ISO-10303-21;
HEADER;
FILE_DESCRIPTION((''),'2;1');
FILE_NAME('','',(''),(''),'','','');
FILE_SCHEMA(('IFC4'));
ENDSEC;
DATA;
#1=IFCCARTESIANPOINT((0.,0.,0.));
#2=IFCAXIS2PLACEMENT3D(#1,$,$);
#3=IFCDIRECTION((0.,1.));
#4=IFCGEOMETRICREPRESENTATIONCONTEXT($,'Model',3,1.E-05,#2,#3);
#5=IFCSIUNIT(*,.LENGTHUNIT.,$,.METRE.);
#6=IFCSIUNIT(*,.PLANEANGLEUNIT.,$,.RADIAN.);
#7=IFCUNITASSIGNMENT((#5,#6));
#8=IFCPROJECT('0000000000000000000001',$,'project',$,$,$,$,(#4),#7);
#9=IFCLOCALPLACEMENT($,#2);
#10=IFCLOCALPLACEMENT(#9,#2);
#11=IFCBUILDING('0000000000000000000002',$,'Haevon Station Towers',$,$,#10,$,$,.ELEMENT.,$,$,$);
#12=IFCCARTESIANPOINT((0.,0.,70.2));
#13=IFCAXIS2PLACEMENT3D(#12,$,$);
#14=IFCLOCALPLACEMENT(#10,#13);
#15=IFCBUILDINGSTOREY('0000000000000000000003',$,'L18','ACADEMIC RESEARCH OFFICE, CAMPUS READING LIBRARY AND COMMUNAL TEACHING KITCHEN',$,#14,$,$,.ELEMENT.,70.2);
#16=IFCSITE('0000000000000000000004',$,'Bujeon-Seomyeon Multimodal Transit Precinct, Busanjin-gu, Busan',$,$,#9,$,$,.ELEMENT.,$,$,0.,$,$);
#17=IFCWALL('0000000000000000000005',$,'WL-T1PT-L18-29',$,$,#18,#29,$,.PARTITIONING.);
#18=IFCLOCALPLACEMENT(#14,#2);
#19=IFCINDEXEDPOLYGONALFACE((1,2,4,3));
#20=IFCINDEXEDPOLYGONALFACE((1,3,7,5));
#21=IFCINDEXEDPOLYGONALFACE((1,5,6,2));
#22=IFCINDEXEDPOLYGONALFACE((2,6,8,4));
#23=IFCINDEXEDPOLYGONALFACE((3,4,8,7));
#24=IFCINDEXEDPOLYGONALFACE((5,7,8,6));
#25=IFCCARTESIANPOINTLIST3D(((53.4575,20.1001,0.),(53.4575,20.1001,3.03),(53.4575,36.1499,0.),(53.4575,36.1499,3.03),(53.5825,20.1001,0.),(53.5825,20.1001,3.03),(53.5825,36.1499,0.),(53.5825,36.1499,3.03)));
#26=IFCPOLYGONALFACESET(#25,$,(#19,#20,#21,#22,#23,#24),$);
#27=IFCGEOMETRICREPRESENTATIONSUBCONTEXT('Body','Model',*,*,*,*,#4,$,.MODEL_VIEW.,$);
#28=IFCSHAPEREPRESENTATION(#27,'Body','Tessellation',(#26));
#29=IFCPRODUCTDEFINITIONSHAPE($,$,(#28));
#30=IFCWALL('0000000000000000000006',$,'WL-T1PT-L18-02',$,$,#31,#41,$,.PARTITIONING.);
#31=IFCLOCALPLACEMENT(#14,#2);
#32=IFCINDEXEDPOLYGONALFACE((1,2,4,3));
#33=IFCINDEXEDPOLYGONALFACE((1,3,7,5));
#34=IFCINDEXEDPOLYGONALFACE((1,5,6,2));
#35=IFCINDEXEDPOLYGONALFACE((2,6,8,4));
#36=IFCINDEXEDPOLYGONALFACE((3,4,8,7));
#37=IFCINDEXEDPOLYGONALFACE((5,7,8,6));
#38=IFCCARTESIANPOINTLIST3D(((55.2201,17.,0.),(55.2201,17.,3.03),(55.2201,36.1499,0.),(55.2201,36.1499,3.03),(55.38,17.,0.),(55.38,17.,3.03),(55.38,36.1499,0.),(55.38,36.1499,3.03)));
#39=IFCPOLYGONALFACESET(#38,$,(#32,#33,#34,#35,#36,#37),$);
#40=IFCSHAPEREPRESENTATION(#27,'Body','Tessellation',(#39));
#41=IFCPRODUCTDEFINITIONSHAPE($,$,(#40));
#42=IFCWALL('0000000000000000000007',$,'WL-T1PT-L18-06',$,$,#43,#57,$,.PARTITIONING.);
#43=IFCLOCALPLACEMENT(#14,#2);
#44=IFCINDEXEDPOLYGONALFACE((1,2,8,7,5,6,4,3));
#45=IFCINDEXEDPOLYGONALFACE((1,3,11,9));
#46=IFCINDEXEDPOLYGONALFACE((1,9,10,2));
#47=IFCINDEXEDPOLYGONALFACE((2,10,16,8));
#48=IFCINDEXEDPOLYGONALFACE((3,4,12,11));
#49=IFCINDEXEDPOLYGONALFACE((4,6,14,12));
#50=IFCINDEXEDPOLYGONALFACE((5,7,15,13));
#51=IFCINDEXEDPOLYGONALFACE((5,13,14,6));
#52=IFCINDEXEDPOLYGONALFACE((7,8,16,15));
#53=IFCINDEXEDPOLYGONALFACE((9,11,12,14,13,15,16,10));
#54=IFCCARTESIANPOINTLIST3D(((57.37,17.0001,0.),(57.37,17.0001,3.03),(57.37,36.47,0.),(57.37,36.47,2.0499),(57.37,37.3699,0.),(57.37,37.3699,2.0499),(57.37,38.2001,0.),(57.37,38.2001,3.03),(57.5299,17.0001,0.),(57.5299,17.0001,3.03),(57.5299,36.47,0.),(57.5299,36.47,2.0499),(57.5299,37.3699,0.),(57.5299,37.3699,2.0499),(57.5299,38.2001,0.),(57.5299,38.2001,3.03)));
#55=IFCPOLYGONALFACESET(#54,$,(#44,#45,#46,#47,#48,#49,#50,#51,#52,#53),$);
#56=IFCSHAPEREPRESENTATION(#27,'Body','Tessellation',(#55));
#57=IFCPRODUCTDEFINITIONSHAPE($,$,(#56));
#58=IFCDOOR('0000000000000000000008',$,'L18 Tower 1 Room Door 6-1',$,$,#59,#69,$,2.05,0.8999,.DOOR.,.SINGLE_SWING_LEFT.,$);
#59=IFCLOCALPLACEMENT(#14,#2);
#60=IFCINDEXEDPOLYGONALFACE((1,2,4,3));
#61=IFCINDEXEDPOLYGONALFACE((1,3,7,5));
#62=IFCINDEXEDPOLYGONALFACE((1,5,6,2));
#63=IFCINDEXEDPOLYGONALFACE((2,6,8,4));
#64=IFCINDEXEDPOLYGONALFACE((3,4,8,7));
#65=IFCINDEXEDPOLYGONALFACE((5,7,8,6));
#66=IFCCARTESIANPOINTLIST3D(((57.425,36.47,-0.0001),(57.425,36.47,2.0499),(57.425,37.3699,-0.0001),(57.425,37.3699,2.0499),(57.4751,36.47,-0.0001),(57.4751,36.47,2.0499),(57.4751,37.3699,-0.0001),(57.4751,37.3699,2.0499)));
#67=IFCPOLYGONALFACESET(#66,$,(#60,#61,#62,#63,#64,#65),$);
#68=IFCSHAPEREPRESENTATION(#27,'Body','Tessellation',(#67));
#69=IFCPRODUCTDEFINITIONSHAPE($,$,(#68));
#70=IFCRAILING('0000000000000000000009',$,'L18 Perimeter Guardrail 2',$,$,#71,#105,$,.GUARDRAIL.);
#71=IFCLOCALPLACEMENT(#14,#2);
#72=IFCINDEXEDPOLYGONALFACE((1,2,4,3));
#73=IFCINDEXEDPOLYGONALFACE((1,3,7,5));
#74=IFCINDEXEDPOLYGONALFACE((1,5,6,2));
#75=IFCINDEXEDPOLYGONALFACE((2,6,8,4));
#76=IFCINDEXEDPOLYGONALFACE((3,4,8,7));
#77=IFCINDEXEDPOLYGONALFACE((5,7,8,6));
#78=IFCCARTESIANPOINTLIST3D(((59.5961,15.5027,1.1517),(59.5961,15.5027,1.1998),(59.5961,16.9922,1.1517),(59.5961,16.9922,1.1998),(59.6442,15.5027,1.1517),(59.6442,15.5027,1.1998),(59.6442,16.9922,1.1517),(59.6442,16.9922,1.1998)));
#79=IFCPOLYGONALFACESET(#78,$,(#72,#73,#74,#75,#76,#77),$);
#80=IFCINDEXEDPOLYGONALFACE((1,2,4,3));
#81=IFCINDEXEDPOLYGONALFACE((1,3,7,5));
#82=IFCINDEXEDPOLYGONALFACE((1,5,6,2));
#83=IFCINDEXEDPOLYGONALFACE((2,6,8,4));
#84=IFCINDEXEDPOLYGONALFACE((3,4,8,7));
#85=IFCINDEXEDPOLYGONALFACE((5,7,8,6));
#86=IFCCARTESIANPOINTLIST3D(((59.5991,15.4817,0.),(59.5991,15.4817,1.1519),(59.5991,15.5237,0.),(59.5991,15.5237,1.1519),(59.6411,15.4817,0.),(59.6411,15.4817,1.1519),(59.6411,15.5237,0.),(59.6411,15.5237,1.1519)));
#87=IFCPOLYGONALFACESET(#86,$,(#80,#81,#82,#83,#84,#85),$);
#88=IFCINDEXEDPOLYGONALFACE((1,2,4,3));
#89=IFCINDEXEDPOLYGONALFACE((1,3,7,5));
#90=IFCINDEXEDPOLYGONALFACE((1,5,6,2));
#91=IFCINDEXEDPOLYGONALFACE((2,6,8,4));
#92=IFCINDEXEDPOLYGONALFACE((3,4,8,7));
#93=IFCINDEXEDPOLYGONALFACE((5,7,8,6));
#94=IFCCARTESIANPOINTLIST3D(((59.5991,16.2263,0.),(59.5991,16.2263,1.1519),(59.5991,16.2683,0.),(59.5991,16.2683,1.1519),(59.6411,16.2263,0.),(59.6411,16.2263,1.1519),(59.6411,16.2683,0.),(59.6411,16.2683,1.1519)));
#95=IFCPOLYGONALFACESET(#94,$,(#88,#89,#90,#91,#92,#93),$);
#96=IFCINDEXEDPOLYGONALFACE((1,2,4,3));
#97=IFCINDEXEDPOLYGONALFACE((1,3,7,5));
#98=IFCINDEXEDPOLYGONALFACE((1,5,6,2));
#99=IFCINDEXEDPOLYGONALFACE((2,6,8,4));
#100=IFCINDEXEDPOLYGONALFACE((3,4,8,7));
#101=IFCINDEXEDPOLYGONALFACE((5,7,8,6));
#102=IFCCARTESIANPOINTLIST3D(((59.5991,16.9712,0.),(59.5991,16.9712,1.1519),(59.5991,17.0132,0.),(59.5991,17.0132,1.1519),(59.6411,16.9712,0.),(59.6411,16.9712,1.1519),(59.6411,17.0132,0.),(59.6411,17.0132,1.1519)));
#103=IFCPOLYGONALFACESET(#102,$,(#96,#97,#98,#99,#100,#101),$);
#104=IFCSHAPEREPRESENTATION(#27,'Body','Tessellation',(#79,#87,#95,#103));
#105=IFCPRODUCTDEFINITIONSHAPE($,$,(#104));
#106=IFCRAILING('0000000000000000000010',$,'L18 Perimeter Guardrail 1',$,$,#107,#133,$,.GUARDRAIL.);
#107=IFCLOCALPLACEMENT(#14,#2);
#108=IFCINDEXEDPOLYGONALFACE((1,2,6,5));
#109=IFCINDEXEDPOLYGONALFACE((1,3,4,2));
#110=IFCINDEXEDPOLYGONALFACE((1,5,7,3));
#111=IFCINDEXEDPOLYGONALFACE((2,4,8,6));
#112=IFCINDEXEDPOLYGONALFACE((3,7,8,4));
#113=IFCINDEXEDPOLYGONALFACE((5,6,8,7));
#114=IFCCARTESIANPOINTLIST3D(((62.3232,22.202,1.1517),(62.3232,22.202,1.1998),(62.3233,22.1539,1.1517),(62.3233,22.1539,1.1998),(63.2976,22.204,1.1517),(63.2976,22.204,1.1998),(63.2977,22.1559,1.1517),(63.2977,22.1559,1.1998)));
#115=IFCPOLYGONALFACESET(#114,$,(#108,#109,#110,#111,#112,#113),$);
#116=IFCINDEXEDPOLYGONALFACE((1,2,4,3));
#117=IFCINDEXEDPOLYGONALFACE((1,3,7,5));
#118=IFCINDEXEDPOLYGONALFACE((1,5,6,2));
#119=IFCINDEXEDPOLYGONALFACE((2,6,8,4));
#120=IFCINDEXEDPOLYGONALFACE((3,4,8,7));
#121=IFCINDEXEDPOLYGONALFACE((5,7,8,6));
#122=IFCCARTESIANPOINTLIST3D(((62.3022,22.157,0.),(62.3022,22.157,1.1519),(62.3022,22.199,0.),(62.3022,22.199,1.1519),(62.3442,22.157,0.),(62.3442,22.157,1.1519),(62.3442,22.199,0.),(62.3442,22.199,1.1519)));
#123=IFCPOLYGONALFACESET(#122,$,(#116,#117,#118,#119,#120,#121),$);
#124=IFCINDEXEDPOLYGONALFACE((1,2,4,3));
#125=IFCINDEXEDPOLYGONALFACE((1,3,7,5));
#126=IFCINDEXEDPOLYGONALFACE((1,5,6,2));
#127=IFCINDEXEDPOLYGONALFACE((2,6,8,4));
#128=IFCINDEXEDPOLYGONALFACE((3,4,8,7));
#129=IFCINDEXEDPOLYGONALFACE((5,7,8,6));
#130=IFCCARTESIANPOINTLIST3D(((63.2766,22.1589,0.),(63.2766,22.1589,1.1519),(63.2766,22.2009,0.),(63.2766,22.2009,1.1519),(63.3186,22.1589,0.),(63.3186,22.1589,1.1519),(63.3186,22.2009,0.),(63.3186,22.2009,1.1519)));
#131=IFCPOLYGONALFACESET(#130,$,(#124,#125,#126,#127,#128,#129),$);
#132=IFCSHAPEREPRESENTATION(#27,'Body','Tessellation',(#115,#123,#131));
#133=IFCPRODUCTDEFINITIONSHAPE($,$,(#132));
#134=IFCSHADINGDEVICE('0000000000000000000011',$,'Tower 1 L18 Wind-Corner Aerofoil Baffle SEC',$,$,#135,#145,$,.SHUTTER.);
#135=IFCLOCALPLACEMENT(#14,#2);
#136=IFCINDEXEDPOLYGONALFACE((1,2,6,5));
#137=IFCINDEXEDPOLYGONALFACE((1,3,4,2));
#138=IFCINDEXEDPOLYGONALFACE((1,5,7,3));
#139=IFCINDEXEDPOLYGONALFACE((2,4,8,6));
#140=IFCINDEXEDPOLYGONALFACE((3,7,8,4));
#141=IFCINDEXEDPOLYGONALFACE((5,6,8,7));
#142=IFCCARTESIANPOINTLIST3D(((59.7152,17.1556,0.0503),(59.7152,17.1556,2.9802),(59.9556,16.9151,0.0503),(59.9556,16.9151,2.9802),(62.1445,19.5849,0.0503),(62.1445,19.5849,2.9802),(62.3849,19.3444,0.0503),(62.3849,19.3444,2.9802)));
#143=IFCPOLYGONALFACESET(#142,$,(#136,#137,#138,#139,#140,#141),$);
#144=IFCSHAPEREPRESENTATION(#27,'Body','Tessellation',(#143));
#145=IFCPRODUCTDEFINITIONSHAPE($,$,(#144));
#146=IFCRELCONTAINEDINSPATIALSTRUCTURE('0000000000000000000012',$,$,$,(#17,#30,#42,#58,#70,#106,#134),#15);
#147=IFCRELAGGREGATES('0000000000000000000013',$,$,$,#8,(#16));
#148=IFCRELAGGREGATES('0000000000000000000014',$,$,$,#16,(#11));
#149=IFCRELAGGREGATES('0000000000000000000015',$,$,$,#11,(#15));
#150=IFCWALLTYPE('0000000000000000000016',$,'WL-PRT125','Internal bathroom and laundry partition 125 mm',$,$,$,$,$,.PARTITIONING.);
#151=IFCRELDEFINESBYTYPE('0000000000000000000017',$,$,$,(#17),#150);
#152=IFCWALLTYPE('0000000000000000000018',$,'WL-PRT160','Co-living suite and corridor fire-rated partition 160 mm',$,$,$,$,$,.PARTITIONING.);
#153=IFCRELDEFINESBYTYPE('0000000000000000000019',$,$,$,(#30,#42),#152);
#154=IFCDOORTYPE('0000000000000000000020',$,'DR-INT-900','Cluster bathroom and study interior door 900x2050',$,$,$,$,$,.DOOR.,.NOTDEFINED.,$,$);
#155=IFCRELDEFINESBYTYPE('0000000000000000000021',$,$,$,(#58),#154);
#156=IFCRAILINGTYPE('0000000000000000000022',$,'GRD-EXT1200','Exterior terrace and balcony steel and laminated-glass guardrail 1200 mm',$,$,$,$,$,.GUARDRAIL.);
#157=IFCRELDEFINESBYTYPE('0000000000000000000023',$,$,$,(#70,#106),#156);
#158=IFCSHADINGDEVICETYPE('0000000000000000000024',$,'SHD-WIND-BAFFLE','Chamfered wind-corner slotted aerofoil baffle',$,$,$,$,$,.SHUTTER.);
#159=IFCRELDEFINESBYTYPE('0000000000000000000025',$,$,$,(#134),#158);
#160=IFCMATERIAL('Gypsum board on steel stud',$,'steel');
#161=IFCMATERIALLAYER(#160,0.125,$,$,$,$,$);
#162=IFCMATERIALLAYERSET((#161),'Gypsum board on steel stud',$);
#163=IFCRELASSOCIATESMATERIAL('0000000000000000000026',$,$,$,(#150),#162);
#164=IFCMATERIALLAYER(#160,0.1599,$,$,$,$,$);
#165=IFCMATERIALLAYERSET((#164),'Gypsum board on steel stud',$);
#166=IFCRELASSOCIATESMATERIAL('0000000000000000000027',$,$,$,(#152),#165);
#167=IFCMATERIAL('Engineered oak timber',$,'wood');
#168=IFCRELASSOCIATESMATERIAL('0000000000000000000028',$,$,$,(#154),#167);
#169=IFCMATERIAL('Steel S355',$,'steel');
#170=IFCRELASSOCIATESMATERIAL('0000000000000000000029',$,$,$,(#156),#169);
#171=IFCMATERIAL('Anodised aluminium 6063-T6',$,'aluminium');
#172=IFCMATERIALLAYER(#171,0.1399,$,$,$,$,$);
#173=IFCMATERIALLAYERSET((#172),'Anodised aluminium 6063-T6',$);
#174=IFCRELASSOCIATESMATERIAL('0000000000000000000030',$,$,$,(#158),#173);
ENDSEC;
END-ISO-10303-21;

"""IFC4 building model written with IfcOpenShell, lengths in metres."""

from ifc_helpers import new_model, si_unit, direction, frame, frame_2d, origin, origin_2d, place, context, subcontext, project, spatial, rectangle, extrude, material, layer, layer_set, type_object, element, fill, save


model = new_model("IFC4")

# Units and contexts
model_context = context("Model", 3, precision=1e-05, world=origin(), true_north=direction((0.0, 1.0)))
body_context = subcontext(model_context, "Body", "Model", "MODEL_VIEW")
ifc_project = project(units=[si_unit("LENGTHUNIT", "METRE"), si_unit("PLANEANGLEUNIT", "RADIAN")], contexts=[model_context])

# Site, building, storey
site_placement = place(None, origin())
site = spatial("IfcSite", under=ifc_project, at=site_placement, Name="Bujeon-Seomyeon Multimodal Transit Precinct, Busanjin-gu, Busan", CompositionType="ELEMENT", RefElevation=0.0)
building_placement = place(site_placement, origin())
building = spatial("IfcBuilding", under=site, at=building_placement, Name="Haevon Station Towers", CompositionType="ELEMENT")
storey_placement = place(building_placement, frame((0.0, 0.0, 70.2)))
storey = spatial("IfcBuildingStorey", under=building, at=storey_placement, Name="L18", Description="ACADEMIC RESEARCH OFFICE, CAMPUS READING LIBRARY AND COMMUNAL TEACHING KITCHEN", CompositionType="ELEMENT", Elevation=70.2)

# Shared definitions
ifc_material_1 = material(Name="Steel S355", Category="steel")

# Walls
ifc_material_2 = material(Name="Gypsum board on steel stud", Category="steel")
ifc_layer_1 = layer(ifc_material_2, 0.125)
ifc_layer_set_1 = layer_set([ifc_layer_1], Name="Gypsum board on steel stud")
wall_type_1 = type_object("IfcWallType", Name="WL-PRT125", Description="Internal bathroom and laundry partition 125 mm", PredefinedType="PARTITIONING", material=ifc_layer_set_1)
wall_1_placement = place(storey_placement, frame((53.52, 20.1001, 0.0), z_axis=(0.0, 0.0, 1.0), x_axis=(0.0, 1.0, 0.0)))
element("IfcWall", 1, at=wall_1_placement, inside=storey, type_object=wall_type_1, Name="WL-T1PT-L18-29", PredefinedType="PARTITIONING", context=body_context, shape_type="SweptSolid", body=[
    extrude(rectangle(XDim=16.0498, YDim=0.125, at=frame_2d((8.0249, 0.0))), origin(), (0.0, 0.0, 1.0), 3.03),
])
ifc_layer_2 = layer(ifc_material_2, 0.1599)
ifc_layer_set_2 = layer_set([ifc_layer_2], Name="Gypsum board on steel stud")
wall_type_2 = type_object("IfcWallType", Name="WL-PRT160", Description="Co-living suite and corridor fire-rated partition 160 mm", PredefinedType="PARTITIONING", material=ifc_layer_set_2)
wall_2_placement = place(storey_placement, frame((55.3, 17.0, 0.0), z_axis=(0.0, 0.0, 1.0), x_axis=(0.0, 1.0, 0.0)))
element("IfcWall", 2, at=wall_2_placement, inside=storey, type_object=wall_type_2, Name="WL-T1PT-L18-02", PredefinedType="PARTITIONING", context=body_context, shape_type="SweptSolid", body=[
    extrude(rectangle(XDim=19.1499, YDim=0.1599, at=frame_2d((9.575, 0.0))), origin(), (0.0, 0.0, 1.0), 3.03),
])

# Wall, opening, door
wall_3_placement = place(storey_placement, frame((57.45, 17.0, 0.0), z_axis=(0.0, 0.0, 1.0), x_axis=(0.0, 1.0, 0.0)))
wall_3 = element("IfcWall", 3, at=wall_3_placement, inside=storey, type_object=wall_type_2, Name="WL-T1PT-L18-06", PredefinedType="PARTITIONING", context=body_context, shape_type="SweptSolid", body=[
    extrude(rectangle(XDim=21.2, YDim=0.1599, at=frame_2d((10.6001, 0.0))), origin(), (0.0, 0.0, 1.0), 3.03),
])
opening_1_placement = place(wall_3_placement, frame((19.47, 0.0, 0.0)))
opening_1 = element("IfcOpeningElement", 4, at=opening_1_placement, cuts=wall_3, PredefinedType="OPENING", context=body_context, shape_type="SweptSolid", body=[
    extrude(rectangle(XDim=0.8999, YDim=2.05, at=frame_2d((0.45, 1.0249))), frame((0.0, 0.0898, 0.0), z_axis=(0.0, -1.0, 0.0), x_axis=(1.0, 0.0, 0.0)), (0.0, 0.0, 1.0), 0.1799),
])
ifc_material_3 = material(Name="Engineered oak timber", Category="wood")
door_type_1 = type_object("IfcDoorType", Name="DR-INT-900", Description="Cluster bathroom and study interior door 900x2050", OperationType="NOTDEFINED", PredefinedType="DOOR", material=ifc_material_3)
door_1_placement = place(opening_1_placement, origin())
door_1 = element("IfcDoor", 5, at=door_1_placement, inside=storey, type_object=door_type_1, Name="L18 Tower 1 Room Door 6-1", OperationType="SINGLE_SWING_LEFT", OverallHeight=2.05, OverallWidth=0.8999, PredefinedType="DOOR", context=body_context, shape_type="SweptSolid", body=[
    extrude(rectangle(XDim=0.8999, YDim=2.05, at=frame_2d((0.45, 1.0249))), frame((0.0, 0.0249, 0.0), z_axis=(0.0, -1.0, 0.0), x_axis=(1.0, 0.0, 0.0)), (0.0, 0.0, 1.0), 0.05),
])
fill(opening_1, door_1)

# Railings
railing_type = type_object("IfcRailingType", Name="GRD-EXT1200", Description="Exterior terrace and balcony steel and laminated-glass guardrail 1200 mm", PredefinedType="GUARDRAIL", material=ifc_material_1)
railing_1_placement = place(storey_placement, frame((59.6201, 15.5027, 0.0)))
element("IfcRailing", 6, at=railing_1_placement, inside=storey, type_object=railing_type, Name="L18 Perimeter Guardrail 2", PredefinedType="GUARDRAIL", context=body_context, shape_type="SweptSolid", body=[
    extrude(rectangle(XDim=0.0481, YDim=0.0481, at=origin_2d()), frame((0.0, 0.0, 1.1758), z_axis=(0.0, 1.0, 0.0), x_axis=(-1.0, 0.0, 0.0)), (0.0, 0.0, 1.0), 1.4895),
    extrude(rectangle(XDim=0.042, YDim=0.042, at=origin_2d()), origin(), (0.0, 0.0, 1.0), 1.1519),
    extrude(rectangle(XDim=0.042, YDim=0.042, at=origin_2d()), frame((0.0, 0.7446, 0.0)), (0.0, 0.0, 1.0), 1.1519),
    extrude(rectangle(XDim=0.042, YDim=0.042, at=origin_2d()), frame((0.0, 1.4895, 0.0)), (0.0, 0.0, 1.0), 1.1519),
])
railing_2_placement = place(storey_placement, frame((62.3232, 22.178, 0.0)))
element("IfcRailing", 7, at=railing_2_placement, inside=storey, type_object=railing_type, Name="L18 Perimeter Guardrail 1", PredefinedType="GUARDRAIL", context=body_context, shape_type="SweptSolid", body=[
    extrude(rectangle(XDim=0.0481, YDim=0.0481, at=origin_2d()), frame((0.0, 0.0, 1.1758), z_axis=(0.999998, 0.002005, 0.0), x_axis=(-0.002005, 0.999998, 0.0)), (0.0, 0.0, 1.0), 0.9744),
    extrude(rectangle(XDim=0.042, YDim=0.042, at=origin_2d()), origin(), (0.0, 0.0, 1.0), 1.1519),
    extrude(rectangle(XDim=0.042, YDim=0.042, at=origin_2d()), frame((0.9744, 0.002, 0.0)), (0.0, 0.0, 1.0), 1.1519),
])

# Shading device
ifc_material_4 = material(Name="Anodised aluminium 6063-T6", Category="aluminium")
ifc_layer_3 = layer(ifc_material_4, 0.1399)
ifc_layer_set_3 = layer_set([ifc_layer_3], Name="Anodised aluminium 6063-T6")
shading_device_type = type_object("IfcShadingDeviceType", Name="SHD-WIND-BAFFLE", Description="Chamfered wind-corner slotted aerofoil baffle", PredefinedType="SHUTTER", material=ifc_layer_set_3)
shading_device_placement = place(storey_placement, frame((61.05, 18.25, 0.0503), z_axis=(0.0, 0.0, 1.0), x_axis=(-0.707107, -0.707107, 0.0)))
element("IfcShadingDevice", 8, at=shading_device_placement, inside=storey, type_object=shading_device_type, Name="Tower 1 L18 Wind-Corner Aerofoil Baffle SEC", PredefinedType="SHUTTER", context=body_context, shape_type="SweptSolid", body=[
    extrude(rectangle(XDim=3.4355, YDim=0.3401, at=origin_2d()), origin(), (0.0, 0.0, 1.0), 2.9299),
])

save(model, "model.ifc")
